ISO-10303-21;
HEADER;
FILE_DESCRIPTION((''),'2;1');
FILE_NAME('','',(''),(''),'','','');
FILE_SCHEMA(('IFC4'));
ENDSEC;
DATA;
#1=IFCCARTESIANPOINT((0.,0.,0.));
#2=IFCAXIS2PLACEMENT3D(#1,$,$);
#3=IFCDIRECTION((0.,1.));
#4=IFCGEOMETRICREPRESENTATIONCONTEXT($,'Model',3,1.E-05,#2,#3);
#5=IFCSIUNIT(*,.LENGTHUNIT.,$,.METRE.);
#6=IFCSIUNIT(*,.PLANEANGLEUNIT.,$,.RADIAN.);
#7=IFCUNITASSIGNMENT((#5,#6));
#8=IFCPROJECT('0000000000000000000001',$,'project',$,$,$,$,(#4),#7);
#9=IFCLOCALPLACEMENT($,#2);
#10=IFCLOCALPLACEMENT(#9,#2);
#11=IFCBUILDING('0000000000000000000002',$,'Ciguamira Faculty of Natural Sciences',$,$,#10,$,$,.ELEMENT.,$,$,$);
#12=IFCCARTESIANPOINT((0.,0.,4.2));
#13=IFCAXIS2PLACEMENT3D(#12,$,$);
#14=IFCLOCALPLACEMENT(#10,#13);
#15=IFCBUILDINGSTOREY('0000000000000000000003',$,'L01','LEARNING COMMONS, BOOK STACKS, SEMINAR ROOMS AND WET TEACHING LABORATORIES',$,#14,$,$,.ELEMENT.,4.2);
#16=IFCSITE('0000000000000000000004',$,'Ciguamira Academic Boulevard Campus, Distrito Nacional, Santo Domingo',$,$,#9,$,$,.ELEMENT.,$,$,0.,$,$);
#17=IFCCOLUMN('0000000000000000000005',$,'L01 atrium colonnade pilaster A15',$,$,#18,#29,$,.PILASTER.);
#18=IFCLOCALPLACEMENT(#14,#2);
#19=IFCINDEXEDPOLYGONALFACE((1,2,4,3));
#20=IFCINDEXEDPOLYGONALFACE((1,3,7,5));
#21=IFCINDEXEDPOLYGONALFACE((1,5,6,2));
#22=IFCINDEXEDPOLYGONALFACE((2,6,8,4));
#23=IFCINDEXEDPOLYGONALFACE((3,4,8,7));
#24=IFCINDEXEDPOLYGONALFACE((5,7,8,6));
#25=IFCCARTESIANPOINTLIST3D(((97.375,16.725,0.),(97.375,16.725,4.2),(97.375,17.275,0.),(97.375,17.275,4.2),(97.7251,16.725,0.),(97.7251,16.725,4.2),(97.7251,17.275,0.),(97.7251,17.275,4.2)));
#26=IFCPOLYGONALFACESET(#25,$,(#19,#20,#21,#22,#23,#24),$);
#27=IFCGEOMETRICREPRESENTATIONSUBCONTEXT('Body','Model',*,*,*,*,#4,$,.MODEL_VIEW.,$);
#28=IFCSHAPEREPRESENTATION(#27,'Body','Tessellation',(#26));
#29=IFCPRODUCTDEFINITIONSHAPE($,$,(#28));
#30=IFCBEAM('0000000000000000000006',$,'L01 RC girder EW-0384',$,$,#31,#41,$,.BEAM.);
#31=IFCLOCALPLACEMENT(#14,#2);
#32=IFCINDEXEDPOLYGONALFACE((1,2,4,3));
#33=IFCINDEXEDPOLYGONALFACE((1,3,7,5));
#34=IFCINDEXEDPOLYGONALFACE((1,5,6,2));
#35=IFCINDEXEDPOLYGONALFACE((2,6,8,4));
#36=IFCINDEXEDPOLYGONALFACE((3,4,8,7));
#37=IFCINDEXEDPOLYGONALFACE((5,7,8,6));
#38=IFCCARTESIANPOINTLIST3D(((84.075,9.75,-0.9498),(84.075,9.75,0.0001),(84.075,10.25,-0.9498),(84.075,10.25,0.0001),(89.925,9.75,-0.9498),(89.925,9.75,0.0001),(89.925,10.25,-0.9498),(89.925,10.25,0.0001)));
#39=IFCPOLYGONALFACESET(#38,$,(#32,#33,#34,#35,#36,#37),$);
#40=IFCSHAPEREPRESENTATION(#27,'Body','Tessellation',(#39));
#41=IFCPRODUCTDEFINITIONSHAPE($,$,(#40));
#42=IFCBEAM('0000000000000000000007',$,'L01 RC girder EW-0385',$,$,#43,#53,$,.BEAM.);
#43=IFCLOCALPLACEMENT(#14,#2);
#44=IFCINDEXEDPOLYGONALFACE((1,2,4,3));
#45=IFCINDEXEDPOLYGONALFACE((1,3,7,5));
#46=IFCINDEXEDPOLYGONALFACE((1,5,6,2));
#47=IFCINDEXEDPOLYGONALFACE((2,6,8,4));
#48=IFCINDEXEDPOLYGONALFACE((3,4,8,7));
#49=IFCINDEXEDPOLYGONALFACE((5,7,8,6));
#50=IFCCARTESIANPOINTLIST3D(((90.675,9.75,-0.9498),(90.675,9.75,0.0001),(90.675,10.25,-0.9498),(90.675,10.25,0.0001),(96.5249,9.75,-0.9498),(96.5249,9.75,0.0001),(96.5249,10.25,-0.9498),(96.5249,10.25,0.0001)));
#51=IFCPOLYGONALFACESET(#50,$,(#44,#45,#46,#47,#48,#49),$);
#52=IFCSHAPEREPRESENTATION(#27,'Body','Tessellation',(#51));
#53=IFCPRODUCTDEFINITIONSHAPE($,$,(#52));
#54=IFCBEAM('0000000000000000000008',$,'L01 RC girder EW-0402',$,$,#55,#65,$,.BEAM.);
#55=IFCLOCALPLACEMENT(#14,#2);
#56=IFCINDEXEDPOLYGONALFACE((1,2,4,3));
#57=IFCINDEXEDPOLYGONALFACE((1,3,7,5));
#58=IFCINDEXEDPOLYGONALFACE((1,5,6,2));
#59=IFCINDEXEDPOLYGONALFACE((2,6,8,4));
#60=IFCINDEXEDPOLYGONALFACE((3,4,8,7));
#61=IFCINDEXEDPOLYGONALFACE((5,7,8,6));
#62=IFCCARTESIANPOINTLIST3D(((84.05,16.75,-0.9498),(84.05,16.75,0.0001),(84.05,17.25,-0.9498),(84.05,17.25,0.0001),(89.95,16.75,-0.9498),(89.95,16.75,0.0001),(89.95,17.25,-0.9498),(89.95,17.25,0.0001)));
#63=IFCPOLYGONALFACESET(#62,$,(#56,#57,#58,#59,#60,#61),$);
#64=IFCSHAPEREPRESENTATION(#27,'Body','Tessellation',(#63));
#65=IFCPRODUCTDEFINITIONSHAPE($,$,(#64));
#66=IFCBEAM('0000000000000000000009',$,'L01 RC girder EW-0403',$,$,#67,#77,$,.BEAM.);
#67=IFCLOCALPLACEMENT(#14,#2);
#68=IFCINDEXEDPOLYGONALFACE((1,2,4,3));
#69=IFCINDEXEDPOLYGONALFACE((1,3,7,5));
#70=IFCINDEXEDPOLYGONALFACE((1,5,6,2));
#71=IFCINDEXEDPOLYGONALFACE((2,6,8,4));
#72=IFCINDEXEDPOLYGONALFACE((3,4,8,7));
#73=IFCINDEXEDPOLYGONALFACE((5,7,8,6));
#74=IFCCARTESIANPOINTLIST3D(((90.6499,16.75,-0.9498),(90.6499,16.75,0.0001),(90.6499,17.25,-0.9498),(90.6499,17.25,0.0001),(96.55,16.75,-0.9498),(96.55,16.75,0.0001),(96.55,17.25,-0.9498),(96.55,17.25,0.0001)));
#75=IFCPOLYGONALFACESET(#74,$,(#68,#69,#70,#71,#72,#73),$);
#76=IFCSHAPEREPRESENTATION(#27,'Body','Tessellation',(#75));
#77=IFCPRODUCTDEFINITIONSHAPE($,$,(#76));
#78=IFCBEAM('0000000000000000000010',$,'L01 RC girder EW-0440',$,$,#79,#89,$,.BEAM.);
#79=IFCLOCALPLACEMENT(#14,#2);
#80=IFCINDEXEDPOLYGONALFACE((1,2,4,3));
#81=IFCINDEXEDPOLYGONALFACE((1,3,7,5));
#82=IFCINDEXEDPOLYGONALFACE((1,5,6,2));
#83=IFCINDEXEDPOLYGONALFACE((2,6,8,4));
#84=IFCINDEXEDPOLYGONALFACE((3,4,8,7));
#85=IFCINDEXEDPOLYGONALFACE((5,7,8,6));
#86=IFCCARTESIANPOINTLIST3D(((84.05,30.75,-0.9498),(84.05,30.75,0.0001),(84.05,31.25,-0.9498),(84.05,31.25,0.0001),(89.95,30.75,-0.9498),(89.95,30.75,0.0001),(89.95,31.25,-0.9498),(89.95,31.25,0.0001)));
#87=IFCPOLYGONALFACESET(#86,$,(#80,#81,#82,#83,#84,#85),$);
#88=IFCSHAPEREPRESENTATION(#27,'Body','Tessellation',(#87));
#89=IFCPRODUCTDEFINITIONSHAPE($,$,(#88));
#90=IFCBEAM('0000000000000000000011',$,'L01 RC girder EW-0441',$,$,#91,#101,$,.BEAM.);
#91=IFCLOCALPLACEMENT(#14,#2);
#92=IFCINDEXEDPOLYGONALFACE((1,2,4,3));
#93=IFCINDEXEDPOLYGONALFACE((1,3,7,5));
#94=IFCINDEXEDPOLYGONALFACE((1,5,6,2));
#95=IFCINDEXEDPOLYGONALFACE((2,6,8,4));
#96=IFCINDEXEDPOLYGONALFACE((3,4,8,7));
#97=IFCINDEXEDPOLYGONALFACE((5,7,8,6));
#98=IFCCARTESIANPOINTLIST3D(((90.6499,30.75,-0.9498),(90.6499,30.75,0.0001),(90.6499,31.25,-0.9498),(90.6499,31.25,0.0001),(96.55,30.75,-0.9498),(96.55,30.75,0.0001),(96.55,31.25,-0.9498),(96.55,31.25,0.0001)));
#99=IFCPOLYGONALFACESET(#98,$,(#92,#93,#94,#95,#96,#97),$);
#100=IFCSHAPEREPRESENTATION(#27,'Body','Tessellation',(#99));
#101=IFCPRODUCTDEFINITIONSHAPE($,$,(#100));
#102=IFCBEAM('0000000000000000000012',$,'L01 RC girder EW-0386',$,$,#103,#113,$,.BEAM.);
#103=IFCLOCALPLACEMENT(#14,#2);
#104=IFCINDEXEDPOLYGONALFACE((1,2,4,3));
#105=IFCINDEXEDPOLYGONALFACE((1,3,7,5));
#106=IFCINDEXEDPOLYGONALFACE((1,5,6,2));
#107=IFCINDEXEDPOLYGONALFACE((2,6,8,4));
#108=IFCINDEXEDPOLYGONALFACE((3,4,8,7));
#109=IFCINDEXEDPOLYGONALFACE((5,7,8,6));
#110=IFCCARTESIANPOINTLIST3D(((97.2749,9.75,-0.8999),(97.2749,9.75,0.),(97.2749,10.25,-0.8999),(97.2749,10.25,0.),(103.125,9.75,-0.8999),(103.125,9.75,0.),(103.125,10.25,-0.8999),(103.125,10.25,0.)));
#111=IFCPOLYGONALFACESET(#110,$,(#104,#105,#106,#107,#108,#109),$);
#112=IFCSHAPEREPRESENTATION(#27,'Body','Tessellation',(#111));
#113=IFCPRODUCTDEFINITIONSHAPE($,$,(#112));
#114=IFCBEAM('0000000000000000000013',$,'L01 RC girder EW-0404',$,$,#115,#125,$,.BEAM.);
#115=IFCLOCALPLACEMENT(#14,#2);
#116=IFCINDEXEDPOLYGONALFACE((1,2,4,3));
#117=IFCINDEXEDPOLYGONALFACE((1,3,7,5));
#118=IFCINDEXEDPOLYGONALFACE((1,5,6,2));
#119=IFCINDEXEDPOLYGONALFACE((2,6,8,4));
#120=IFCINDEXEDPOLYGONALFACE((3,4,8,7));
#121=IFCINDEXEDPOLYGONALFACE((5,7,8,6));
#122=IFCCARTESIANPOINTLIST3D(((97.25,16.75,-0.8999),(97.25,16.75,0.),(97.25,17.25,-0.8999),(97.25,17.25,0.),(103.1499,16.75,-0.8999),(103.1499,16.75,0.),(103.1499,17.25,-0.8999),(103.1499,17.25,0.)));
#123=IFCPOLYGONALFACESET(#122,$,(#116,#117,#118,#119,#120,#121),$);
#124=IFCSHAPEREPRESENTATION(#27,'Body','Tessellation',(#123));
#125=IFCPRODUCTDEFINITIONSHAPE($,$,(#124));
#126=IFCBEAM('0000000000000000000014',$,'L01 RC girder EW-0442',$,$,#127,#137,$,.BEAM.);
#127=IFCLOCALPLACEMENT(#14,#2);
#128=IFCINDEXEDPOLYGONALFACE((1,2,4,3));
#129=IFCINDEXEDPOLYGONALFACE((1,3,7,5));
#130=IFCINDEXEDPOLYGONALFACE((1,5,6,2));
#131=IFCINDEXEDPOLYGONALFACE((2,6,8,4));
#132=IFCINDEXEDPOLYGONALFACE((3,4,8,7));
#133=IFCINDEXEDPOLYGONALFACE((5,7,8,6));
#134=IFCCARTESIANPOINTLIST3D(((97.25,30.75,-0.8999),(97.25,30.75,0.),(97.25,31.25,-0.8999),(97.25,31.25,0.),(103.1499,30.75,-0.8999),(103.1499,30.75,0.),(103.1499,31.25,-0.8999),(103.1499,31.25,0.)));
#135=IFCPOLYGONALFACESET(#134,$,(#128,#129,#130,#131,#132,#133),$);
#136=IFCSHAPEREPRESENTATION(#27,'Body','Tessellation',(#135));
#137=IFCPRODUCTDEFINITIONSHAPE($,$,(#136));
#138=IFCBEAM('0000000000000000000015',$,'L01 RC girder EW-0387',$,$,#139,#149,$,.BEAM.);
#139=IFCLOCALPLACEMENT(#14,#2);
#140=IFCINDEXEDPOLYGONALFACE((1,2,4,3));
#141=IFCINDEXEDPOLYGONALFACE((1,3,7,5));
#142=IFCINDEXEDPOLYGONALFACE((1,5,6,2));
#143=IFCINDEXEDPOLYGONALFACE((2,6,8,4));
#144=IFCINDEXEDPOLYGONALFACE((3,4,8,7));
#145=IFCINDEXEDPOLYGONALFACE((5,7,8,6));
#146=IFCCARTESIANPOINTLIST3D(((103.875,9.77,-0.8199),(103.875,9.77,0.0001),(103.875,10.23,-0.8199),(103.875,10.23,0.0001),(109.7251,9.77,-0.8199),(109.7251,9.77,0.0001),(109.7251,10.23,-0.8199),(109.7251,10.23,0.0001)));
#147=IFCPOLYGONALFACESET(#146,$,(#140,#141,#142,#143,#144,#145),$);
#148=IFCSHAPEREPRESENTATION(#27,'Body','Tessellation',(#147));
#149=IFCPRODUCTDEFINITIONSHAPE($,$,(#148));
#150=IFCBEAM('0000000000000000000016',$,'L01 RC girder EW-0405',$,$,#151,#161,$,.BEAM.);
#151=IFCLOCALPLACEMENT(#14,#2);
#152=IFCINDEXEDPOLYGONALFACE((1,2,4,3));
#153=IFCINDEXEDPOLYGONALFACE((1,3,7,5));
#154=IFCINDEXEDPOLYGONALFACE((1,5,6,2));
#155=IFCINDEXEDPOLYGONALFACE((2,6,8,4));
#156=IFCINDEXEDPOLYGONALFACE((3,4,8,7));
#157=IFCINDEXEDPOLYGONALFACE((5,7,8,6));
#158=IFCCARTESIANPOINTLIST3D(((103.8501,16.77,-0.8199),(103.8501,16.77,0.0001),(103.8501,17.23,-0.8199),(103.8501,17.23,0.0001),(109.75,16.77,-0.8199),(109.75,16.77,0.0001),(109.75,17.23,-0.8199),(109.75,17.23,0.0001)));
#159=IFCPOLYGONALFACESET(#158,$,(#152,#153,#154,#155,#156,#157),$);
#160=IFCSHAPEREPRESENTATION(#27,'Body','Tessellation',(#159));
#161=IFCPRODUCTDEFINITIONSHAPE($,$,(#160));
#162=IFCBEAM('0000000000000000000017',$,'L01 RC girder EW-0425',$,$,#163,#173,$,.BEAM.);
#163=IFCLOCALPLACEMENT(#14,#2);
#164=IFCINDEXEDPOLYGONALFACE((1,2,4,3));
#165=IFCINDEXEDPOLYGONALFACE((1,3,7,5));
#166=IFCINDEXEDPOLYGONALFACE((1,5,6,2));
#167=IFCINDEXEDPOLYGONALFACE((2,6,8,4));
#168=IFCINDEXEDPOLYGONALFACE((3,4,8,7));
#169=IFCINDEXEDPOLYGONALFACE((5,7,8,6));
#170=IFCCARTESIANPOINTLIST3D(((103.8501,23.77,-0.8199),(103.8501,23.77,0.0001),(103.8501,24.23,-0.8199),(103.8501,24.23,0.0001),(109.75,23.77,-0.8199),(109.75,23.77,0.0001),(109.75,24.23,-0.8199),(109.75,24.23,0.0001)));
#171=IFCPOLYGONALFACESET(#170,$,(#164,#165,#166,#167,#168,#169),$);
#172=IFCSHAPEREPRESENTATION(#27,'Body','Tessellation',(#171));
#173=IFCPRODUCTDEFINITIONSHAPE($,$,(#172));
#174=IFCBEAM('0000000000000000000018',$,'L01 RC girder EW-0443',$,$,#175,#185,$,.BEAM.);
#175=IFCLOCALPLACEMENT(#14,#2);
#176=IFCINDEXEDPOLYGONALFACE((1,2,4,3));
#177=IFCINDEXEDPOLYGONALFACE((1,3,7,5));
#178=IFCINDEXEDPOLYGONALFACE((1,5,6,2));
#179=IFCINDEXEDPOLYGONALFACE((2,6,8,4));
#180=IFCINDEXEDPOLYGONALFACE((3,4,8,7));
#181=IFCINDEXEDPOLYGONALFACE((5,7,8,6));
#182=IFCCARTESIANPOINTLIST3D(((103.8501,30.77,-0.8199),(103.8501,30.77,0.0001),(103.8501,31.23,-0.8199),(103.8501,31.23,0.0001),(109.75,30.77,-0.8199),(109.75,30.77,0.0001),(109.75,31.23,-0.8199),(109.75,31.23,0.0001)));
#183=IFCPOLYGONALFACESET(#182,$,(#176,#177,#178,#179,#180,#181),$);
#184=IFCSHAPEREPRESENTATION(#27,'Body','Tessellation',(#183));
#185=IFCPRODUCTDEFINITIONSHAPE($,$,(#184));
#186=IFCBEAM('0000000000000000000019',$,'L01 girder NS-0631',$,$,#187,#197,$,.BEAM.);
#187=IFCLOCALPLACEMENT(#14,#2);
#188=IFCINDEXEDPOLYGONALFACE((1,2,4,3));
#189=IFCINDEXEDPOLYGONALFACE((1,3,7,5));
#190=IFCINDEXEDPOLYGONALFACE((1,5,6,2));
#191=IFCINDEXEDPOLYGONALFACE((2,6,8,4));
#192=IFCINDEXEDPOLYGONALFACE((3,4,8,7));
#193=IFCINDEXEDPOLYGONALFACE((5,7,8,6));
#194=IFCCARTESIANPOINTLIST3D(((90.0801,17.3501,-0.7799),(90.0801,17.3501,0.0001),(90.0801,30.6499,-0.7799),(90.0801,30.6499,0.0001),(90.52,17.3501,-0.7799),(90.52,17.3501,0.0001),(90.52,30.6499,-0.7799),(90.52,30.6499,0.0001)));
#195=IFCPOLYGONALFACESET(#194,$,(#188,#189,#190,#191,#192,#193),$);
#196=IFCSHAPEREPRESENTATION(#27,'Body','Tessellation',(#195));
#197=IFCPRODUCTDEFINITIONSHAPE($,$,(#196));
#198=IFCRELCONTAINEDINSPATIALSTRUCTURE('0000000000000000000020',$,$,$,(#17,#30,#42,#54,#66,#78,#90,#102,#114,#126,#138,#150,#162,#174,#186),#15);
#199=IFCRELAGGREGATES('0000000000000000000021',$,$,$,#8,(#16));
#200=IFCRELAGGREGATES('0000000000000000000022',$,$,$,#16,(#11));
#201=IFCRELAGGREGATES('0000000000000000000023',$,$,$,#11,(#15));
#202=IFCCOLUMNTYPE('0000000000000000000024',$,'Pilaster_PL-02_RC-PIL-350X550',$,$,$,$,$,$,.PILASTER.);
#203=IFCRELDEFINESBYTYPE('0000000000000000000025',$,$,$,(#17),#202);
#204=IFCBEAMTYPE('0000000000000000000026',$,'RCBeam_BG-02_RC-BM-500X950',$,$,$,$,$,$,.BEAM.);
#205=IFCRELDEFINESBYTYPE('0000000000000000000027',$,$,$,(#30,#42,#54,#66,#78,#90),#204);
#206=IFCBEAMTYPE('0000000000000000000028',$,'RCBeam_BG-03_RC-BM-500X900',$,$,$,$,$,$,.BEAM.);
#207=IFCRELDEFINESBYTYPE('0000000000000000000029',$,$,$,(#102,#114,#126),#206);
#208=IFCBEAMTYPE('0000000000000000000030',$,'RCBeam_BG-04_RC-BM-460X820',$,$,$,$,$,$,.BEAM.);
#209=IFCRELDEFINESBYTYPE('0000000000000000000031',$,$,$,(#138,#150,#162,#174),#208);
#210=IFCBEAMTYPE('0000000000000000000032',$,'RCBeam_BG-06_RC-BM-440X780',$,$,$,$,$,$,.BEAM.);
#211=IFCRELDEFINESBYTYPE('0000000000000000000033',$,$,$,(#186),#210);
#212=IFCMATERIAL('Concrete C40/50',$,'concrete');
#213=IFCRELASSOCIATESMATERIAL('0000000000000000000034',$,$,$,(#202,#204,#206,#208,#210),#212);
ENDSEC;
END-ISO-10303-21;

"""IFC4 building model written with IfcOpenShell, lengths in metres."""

from ifc_helpers import new_model, si_unit, direction, frame, origin, origin_2d, place, context, subcontext, project, spatial, rectangle, extrude, material, material_profile, profile_set, type_object, element, save


model = new_model("IFC4")

# Units and contexts
model_context = context("Model", 3, precision=1e-05, world=origin(), true_north=direction((0.0, 1.0)))
body_context = subcontext(model_context, "Body", "Model", "MODEL_VIEW")
ifc_project = project(units=[si_unit("LENGTHUNIT", "METRE"), si_unit("PLANEANGLEUNIT", "RADIAN")], contexts=[model_context])

# Site, building, storey
site_placement = place(None, origin())
site = spatial("IfcSite", under=ifc_project, at=site_placement, Name="Ciguamira Academic Boulevard Campus, Distrito Nacional, Santo Domingo", CompositionType="ELEMENT", RefElevation=0.0)
building_placement = place(site_placement, origin())
building = spatial("IfcBuilding", under=site, at=building_placement, Name="Ciguamira Faculty of Natural Sciences", CompositionType="ELEMENT")
storey_placement = place(building_placement, frame((0.0, 0.0, 4.2)))
storey = spatial("IfcBuildingStorey", under=building, at=storey_placement, Name="L01", Description="LEARNING COMMONS, BOOK STACKS, SEMINAR ROOMS AND WET TEACHING LABORATORIES", CompositionType="ELEMENT", Elevation=4.2)

# Column
ifc_material_1 = material(Name="Concrete C40/50", Category="concrete")
ifc_material_profile_1 = material_profile(ifc_material_1, rectangle(XDim=0.3501, YDim=0.55, at=origin_2d()), Name="RC-PIL-350X550")
ifc_profile_set_1 = profile_set([ifc_material_profile_1], Name="Concrete C40/50")
column_type_1 = type_object("IfcColumnType", Name="Pilaster_PL-02_RC-PIL-350X550", PredefinedType="PILASTER", material=ifc_profile_set_1)
column_placement = place(storey_placement, frame((97.55, 17.0, 0.0), z_axis=(0.0, 0.0, 1.0), x_axis=(1.0, 0.0, 0.0)))
element("IfcColumn", 1, at=column_placement, inside=storey, type_object=column_type_1, Name="L01 atrium colonnade pilaster A15", PredefinedType="PILASTER", context=body_context, shape_type="SweptSolid", body=[
    extrude(rectangle(XDim=0.3501, YDim=0.55, at=origin_2d()), origin(), (0.0, 0.0, 1.0), 4.2),
])

# Beams
ifc_material_profile_2 = material_profile(ifc_material_1, rectangle(XDim=0.5, YDim=0.95, at=origin_2d()), Name="RC-BM-500X950")
ifc_profile_set_2 = profile_set([ifc_material_profile_2], Name="Concrete C40/50")
beam_type_1 = type_object("IfcBeamType", Name="RCBeam_BG-02_RC-BM-500X950", PredefinedType="BEAM", material=ifc_profile_set_2)
beam_1_placement = place(storey_placement, frame((84.075, 10.0, -0.4749), z_axis=(1.0, 0.0, 0.0), x_axis=(0.0, 1.0, 0.0)))
element("IfcBeam", 2, at=beam_1_placement, inside=storey, type_object=beam_type_1, Name="L01 RC girder EW-0384", PredefinedType="BEAM", context=body_context, shape_type="SweptSolid", body=[
    extrude(rectangle(XDim=0.5, YDim=0.95, at=origin_2d()), origin(), (0.0, 0.0, 1.0), 5.8501),
])
beam_2_placement = place(storey_placement, frame((90.675, 10.0, -0.4749), z_axis=(1.0, 0.0, 0.0), x_axis=(0.0, 1.0, 0.0)))
element("IfcBeam", 3, at=beam_2_placement, inside=storey, type_object=beam_type_1, Name="L01 RC girder EW-0385", PredefinedType="BEAM", context=body_context, shape_type="SweptSolid", body=[
    extrude(rectangle(XDim=0.5, YDim=0.95, at=origin_2d()), origin(), (0.0, 0.0, 1.0), 5.8499),
])
beam_3_placement = place(storey_placement, frame((84.05, 17.0, -0.4749), z_axis=(1.0, 0.0, 0.0), x_axis=(0.0, 1.0, 0.0)))
element("IfcBeam", 4, at=beam_3_placement, inside=storey, type_object=beam_type_1, Name="L01 RC girder EW-0402", PredefinedType="BEAM", context=body_context, shape_type="SweptSolid", body=[
    extrude(rectangle(XDim=0.5, YDim=0.95, at=origin_2d()), origin(), (0.0, 0.0, 1.0), 5.8999),
])
beam_4_placement = place(storey_placement, frame((90.6499, 17.0, -0.4749), z_axis=(1.0, 0.0, 0.0), x_axis=(0.0, 1.0, 0.0)))
element("IfcBeam", 5, at=beam_4_placement, inside=storey, type_object=beam_type_1, Name="L01 RC girder EW-0403", PredefinedType="BEAM", context=body_context, shape_type="SweptSolid", body=[
    extrude(rectangle(XDim=0.5, YDim=0.95, at=origin_2d()), origin(), (0.0, 0.0, 1.0), 5.9001),
])
beam_5_placement = place(storey_placement, frame((84.05, 31.0, -0.4749), z_axis=(1.0, 0.0, 0.0), x_axis=(0.0, 1.0, 0.0)))
element("IfcBeam", 6, at=beam_5_placement, inside=storey, type_object=beam_type_1, Name="L01 RC girder EW-0440", PredefinedType="BEAM", context=body_context, shape_type="SweptSolid", body=[
    extrude(rectangle(XDim=0.5, YDim=0.95, at=origin_2d()), origin(), (0.0, 0.0, 1.0), 5.8999),
])
beam_6_placement = place(storey_placement, frame((90.6499, 31.0, -0.4749), z_axis=(1.0, 0.0, 0.0), x_axis=(0.0, 1.0, 0.0)))
element("IfcBeam", 7, at=beam_6_placement, inside=storey, type_object=beam_type_1, Name="L01 RC girder EW-0441", PredefinedType="BEAM", context=body_context, shape_type="SweptSolid", body=[
    extrude(rectangle(XDim=0.5, YDim=0.95, at=origin_2d()), origin(), (0.0, 0.0, 1.0), 5.9001),
])
ifc_material_profile_3 = material_profile(ifc_material_1, rectangle(XDim=0.5, YDim=0.8999, at=origin_2d()), Name="RC-BM-500X900")
ifc_profile_set_3 = profile_set([ifc_material_profile_3], Name="Concrete C40/50")
beam_type_2 = type_object("IfcBeamType", Name="RCBeam_BG-03_RC-BM-500X900", PredefinedType="BEAM", material=ifc_profile_set_3)
beam_7_placement = place(storey_placement, frame((97.2749, 10.0, -0.45), z_axis=(1.0, 0.0, 0.0), x_axis=(0.0, 1.0, 0.0)))
element("IfcBeam", 8, at=beam_7_placement, inside=storey, type_object=beam_type_2, Name="L01 RC girder EW-0386", PredefinedType="BEAM", context=body_context, shape_type="SweptSolid", body=[
    extrude(rectangle(XDim=0.5, YDim=0.8999, at=origin_2d()), origin(), (0.0, 0.0, 1.0), 5.8501),
])
for number, where, z_axis, x_axis, name in (
    (9, (97.25, 17.0, -0.45), (1.0, 0.0, 0.0), (0.0, 1.0, 0.0), "L01 RC girder EW-0404"),
    (10, (97.25, 31.0, -0.45), (1.0, 0.0, 0.0), (0.0, 1.0, 0.0), "L01 RC girder EW-0442"),
):
    element("IfcBeam", number, at=place(storey_placement, frame(where, z_axis=z_axis, x_axis=x_axis)), inside=storey, type_object=beam_type_2, Name=name, PredefinedType="BEAM", context=body_context, shape_type="SweptSolid", body=[
        extrude(rectangle(XDim=0.5, YDim=0.8999, at=origin_2d()), origin(), (0.0, 0.0, 1.0), 5.8999),
    ])
ifc_material_profile_4 = material_profile(ifc_material_1, rectangle(XDim=0.46, YDim=0.8201, at=origin_2d()), Name="RC-BM-460X820")
ifc_profile_set_4 = profile_set([ifc_material_profile_4], Name="Concrete C40/50")
beam_type_3 = type_object("IfcBeamType", Name="RCBeam_BG-04_RC-BM-460X820", PredefinedType="BEAM", material=ifc_profile_set_4)
beam_8_placement = place(storey_placement, frame((103.875, 10.0, -0.4099), z_axis=(1.0, 0.0, 0.0), x_axis=(0.0, 1.0, 0.0)))
element("IfcBeam", 11, at=beam_8_placement, inside=storey, type_object=beam_type_3, Name="L01 RC girder EW-0387", PredefinedType="BEAM", context=body_context, shape_type="SweptSolid", body=[
    extrude(rectangle(XDim=0.46, YDim=0.8201, at=origin_2d()), origin(), (0.0, 0.0, 1.0), 5.8501),
])
for number, where, z_axis, x_axis, name in (
    (12, (103.8501, 17.0, -0.4099), (1.0, 0.0, 0.0), (0.0, 1.0, 0.0), "L01 RC girder EW-0405"),
    (13, (103.8501, 24.0, -0.4099), (1.0, 0.0, 0.0), (0.0, 1.0, 0.0), "L01 RC girder EW-0425"),
    (14, (103.8501, 31.0, -0.4099), (1.0, 0.0, 0.0), (0.0, 1.0, 0.0), "L01 RC girder EW-0443"),
):
    element("IfcBeam", number, at=place(storey_placement, frame(where, z_axis=z_axis, x_axis=x_axis)), inside=storey, type_object=beam_type_3, Name=name, PredefinedType="BEAM", context=body_context, shape_type="SweptSolid", body=[
        extrude(rectangle(XDim=0.46, YDim=0.8201, at=origin_2d()), origin(), (0.0, 0.0, 1.0), 5.8999),
    ])
ifc_material_profile_5 = material_profile(ifc_material_1, rectangle(XDim=0.4399, YDim=0.78, at=origin_2d()), Name="RC-BM-440X780")
ifc_profile_set_5 = profile_set([ifc_material_profile_5], Name="Concrete C40/50")
beam_type_4 = type_object("IfcBeamType", Name="RCBeam_BG-06_RC-BM-440X780", PredefinedType="BEAM", material=ifc_profile_set_5)
for number, where, z_axis, x_axis, name in (
    (15, (90.3, 17.3501, -0.3899), (0.0, 1.0, 0.0), (-1.0, 0.0, 0.0), "L01 girder NS-0631"),
):
    element("IfcBeam", number, at=place(storey_placement, frame(where, z_axis=z_axis, x_axis=x_axis)), inside=storey, type_object=beam_type_4, Name=name, PredefinedType="BEAM", context=body_context, shape_type="SweptSolid", body=[
        extrude(rectangle(XDim=0.4399, YDim=0.78, at=origin_2d()), origin(), (0.0, 0.0, 1.0), 13.2998),
    ])

save(model, "model.ifc")
